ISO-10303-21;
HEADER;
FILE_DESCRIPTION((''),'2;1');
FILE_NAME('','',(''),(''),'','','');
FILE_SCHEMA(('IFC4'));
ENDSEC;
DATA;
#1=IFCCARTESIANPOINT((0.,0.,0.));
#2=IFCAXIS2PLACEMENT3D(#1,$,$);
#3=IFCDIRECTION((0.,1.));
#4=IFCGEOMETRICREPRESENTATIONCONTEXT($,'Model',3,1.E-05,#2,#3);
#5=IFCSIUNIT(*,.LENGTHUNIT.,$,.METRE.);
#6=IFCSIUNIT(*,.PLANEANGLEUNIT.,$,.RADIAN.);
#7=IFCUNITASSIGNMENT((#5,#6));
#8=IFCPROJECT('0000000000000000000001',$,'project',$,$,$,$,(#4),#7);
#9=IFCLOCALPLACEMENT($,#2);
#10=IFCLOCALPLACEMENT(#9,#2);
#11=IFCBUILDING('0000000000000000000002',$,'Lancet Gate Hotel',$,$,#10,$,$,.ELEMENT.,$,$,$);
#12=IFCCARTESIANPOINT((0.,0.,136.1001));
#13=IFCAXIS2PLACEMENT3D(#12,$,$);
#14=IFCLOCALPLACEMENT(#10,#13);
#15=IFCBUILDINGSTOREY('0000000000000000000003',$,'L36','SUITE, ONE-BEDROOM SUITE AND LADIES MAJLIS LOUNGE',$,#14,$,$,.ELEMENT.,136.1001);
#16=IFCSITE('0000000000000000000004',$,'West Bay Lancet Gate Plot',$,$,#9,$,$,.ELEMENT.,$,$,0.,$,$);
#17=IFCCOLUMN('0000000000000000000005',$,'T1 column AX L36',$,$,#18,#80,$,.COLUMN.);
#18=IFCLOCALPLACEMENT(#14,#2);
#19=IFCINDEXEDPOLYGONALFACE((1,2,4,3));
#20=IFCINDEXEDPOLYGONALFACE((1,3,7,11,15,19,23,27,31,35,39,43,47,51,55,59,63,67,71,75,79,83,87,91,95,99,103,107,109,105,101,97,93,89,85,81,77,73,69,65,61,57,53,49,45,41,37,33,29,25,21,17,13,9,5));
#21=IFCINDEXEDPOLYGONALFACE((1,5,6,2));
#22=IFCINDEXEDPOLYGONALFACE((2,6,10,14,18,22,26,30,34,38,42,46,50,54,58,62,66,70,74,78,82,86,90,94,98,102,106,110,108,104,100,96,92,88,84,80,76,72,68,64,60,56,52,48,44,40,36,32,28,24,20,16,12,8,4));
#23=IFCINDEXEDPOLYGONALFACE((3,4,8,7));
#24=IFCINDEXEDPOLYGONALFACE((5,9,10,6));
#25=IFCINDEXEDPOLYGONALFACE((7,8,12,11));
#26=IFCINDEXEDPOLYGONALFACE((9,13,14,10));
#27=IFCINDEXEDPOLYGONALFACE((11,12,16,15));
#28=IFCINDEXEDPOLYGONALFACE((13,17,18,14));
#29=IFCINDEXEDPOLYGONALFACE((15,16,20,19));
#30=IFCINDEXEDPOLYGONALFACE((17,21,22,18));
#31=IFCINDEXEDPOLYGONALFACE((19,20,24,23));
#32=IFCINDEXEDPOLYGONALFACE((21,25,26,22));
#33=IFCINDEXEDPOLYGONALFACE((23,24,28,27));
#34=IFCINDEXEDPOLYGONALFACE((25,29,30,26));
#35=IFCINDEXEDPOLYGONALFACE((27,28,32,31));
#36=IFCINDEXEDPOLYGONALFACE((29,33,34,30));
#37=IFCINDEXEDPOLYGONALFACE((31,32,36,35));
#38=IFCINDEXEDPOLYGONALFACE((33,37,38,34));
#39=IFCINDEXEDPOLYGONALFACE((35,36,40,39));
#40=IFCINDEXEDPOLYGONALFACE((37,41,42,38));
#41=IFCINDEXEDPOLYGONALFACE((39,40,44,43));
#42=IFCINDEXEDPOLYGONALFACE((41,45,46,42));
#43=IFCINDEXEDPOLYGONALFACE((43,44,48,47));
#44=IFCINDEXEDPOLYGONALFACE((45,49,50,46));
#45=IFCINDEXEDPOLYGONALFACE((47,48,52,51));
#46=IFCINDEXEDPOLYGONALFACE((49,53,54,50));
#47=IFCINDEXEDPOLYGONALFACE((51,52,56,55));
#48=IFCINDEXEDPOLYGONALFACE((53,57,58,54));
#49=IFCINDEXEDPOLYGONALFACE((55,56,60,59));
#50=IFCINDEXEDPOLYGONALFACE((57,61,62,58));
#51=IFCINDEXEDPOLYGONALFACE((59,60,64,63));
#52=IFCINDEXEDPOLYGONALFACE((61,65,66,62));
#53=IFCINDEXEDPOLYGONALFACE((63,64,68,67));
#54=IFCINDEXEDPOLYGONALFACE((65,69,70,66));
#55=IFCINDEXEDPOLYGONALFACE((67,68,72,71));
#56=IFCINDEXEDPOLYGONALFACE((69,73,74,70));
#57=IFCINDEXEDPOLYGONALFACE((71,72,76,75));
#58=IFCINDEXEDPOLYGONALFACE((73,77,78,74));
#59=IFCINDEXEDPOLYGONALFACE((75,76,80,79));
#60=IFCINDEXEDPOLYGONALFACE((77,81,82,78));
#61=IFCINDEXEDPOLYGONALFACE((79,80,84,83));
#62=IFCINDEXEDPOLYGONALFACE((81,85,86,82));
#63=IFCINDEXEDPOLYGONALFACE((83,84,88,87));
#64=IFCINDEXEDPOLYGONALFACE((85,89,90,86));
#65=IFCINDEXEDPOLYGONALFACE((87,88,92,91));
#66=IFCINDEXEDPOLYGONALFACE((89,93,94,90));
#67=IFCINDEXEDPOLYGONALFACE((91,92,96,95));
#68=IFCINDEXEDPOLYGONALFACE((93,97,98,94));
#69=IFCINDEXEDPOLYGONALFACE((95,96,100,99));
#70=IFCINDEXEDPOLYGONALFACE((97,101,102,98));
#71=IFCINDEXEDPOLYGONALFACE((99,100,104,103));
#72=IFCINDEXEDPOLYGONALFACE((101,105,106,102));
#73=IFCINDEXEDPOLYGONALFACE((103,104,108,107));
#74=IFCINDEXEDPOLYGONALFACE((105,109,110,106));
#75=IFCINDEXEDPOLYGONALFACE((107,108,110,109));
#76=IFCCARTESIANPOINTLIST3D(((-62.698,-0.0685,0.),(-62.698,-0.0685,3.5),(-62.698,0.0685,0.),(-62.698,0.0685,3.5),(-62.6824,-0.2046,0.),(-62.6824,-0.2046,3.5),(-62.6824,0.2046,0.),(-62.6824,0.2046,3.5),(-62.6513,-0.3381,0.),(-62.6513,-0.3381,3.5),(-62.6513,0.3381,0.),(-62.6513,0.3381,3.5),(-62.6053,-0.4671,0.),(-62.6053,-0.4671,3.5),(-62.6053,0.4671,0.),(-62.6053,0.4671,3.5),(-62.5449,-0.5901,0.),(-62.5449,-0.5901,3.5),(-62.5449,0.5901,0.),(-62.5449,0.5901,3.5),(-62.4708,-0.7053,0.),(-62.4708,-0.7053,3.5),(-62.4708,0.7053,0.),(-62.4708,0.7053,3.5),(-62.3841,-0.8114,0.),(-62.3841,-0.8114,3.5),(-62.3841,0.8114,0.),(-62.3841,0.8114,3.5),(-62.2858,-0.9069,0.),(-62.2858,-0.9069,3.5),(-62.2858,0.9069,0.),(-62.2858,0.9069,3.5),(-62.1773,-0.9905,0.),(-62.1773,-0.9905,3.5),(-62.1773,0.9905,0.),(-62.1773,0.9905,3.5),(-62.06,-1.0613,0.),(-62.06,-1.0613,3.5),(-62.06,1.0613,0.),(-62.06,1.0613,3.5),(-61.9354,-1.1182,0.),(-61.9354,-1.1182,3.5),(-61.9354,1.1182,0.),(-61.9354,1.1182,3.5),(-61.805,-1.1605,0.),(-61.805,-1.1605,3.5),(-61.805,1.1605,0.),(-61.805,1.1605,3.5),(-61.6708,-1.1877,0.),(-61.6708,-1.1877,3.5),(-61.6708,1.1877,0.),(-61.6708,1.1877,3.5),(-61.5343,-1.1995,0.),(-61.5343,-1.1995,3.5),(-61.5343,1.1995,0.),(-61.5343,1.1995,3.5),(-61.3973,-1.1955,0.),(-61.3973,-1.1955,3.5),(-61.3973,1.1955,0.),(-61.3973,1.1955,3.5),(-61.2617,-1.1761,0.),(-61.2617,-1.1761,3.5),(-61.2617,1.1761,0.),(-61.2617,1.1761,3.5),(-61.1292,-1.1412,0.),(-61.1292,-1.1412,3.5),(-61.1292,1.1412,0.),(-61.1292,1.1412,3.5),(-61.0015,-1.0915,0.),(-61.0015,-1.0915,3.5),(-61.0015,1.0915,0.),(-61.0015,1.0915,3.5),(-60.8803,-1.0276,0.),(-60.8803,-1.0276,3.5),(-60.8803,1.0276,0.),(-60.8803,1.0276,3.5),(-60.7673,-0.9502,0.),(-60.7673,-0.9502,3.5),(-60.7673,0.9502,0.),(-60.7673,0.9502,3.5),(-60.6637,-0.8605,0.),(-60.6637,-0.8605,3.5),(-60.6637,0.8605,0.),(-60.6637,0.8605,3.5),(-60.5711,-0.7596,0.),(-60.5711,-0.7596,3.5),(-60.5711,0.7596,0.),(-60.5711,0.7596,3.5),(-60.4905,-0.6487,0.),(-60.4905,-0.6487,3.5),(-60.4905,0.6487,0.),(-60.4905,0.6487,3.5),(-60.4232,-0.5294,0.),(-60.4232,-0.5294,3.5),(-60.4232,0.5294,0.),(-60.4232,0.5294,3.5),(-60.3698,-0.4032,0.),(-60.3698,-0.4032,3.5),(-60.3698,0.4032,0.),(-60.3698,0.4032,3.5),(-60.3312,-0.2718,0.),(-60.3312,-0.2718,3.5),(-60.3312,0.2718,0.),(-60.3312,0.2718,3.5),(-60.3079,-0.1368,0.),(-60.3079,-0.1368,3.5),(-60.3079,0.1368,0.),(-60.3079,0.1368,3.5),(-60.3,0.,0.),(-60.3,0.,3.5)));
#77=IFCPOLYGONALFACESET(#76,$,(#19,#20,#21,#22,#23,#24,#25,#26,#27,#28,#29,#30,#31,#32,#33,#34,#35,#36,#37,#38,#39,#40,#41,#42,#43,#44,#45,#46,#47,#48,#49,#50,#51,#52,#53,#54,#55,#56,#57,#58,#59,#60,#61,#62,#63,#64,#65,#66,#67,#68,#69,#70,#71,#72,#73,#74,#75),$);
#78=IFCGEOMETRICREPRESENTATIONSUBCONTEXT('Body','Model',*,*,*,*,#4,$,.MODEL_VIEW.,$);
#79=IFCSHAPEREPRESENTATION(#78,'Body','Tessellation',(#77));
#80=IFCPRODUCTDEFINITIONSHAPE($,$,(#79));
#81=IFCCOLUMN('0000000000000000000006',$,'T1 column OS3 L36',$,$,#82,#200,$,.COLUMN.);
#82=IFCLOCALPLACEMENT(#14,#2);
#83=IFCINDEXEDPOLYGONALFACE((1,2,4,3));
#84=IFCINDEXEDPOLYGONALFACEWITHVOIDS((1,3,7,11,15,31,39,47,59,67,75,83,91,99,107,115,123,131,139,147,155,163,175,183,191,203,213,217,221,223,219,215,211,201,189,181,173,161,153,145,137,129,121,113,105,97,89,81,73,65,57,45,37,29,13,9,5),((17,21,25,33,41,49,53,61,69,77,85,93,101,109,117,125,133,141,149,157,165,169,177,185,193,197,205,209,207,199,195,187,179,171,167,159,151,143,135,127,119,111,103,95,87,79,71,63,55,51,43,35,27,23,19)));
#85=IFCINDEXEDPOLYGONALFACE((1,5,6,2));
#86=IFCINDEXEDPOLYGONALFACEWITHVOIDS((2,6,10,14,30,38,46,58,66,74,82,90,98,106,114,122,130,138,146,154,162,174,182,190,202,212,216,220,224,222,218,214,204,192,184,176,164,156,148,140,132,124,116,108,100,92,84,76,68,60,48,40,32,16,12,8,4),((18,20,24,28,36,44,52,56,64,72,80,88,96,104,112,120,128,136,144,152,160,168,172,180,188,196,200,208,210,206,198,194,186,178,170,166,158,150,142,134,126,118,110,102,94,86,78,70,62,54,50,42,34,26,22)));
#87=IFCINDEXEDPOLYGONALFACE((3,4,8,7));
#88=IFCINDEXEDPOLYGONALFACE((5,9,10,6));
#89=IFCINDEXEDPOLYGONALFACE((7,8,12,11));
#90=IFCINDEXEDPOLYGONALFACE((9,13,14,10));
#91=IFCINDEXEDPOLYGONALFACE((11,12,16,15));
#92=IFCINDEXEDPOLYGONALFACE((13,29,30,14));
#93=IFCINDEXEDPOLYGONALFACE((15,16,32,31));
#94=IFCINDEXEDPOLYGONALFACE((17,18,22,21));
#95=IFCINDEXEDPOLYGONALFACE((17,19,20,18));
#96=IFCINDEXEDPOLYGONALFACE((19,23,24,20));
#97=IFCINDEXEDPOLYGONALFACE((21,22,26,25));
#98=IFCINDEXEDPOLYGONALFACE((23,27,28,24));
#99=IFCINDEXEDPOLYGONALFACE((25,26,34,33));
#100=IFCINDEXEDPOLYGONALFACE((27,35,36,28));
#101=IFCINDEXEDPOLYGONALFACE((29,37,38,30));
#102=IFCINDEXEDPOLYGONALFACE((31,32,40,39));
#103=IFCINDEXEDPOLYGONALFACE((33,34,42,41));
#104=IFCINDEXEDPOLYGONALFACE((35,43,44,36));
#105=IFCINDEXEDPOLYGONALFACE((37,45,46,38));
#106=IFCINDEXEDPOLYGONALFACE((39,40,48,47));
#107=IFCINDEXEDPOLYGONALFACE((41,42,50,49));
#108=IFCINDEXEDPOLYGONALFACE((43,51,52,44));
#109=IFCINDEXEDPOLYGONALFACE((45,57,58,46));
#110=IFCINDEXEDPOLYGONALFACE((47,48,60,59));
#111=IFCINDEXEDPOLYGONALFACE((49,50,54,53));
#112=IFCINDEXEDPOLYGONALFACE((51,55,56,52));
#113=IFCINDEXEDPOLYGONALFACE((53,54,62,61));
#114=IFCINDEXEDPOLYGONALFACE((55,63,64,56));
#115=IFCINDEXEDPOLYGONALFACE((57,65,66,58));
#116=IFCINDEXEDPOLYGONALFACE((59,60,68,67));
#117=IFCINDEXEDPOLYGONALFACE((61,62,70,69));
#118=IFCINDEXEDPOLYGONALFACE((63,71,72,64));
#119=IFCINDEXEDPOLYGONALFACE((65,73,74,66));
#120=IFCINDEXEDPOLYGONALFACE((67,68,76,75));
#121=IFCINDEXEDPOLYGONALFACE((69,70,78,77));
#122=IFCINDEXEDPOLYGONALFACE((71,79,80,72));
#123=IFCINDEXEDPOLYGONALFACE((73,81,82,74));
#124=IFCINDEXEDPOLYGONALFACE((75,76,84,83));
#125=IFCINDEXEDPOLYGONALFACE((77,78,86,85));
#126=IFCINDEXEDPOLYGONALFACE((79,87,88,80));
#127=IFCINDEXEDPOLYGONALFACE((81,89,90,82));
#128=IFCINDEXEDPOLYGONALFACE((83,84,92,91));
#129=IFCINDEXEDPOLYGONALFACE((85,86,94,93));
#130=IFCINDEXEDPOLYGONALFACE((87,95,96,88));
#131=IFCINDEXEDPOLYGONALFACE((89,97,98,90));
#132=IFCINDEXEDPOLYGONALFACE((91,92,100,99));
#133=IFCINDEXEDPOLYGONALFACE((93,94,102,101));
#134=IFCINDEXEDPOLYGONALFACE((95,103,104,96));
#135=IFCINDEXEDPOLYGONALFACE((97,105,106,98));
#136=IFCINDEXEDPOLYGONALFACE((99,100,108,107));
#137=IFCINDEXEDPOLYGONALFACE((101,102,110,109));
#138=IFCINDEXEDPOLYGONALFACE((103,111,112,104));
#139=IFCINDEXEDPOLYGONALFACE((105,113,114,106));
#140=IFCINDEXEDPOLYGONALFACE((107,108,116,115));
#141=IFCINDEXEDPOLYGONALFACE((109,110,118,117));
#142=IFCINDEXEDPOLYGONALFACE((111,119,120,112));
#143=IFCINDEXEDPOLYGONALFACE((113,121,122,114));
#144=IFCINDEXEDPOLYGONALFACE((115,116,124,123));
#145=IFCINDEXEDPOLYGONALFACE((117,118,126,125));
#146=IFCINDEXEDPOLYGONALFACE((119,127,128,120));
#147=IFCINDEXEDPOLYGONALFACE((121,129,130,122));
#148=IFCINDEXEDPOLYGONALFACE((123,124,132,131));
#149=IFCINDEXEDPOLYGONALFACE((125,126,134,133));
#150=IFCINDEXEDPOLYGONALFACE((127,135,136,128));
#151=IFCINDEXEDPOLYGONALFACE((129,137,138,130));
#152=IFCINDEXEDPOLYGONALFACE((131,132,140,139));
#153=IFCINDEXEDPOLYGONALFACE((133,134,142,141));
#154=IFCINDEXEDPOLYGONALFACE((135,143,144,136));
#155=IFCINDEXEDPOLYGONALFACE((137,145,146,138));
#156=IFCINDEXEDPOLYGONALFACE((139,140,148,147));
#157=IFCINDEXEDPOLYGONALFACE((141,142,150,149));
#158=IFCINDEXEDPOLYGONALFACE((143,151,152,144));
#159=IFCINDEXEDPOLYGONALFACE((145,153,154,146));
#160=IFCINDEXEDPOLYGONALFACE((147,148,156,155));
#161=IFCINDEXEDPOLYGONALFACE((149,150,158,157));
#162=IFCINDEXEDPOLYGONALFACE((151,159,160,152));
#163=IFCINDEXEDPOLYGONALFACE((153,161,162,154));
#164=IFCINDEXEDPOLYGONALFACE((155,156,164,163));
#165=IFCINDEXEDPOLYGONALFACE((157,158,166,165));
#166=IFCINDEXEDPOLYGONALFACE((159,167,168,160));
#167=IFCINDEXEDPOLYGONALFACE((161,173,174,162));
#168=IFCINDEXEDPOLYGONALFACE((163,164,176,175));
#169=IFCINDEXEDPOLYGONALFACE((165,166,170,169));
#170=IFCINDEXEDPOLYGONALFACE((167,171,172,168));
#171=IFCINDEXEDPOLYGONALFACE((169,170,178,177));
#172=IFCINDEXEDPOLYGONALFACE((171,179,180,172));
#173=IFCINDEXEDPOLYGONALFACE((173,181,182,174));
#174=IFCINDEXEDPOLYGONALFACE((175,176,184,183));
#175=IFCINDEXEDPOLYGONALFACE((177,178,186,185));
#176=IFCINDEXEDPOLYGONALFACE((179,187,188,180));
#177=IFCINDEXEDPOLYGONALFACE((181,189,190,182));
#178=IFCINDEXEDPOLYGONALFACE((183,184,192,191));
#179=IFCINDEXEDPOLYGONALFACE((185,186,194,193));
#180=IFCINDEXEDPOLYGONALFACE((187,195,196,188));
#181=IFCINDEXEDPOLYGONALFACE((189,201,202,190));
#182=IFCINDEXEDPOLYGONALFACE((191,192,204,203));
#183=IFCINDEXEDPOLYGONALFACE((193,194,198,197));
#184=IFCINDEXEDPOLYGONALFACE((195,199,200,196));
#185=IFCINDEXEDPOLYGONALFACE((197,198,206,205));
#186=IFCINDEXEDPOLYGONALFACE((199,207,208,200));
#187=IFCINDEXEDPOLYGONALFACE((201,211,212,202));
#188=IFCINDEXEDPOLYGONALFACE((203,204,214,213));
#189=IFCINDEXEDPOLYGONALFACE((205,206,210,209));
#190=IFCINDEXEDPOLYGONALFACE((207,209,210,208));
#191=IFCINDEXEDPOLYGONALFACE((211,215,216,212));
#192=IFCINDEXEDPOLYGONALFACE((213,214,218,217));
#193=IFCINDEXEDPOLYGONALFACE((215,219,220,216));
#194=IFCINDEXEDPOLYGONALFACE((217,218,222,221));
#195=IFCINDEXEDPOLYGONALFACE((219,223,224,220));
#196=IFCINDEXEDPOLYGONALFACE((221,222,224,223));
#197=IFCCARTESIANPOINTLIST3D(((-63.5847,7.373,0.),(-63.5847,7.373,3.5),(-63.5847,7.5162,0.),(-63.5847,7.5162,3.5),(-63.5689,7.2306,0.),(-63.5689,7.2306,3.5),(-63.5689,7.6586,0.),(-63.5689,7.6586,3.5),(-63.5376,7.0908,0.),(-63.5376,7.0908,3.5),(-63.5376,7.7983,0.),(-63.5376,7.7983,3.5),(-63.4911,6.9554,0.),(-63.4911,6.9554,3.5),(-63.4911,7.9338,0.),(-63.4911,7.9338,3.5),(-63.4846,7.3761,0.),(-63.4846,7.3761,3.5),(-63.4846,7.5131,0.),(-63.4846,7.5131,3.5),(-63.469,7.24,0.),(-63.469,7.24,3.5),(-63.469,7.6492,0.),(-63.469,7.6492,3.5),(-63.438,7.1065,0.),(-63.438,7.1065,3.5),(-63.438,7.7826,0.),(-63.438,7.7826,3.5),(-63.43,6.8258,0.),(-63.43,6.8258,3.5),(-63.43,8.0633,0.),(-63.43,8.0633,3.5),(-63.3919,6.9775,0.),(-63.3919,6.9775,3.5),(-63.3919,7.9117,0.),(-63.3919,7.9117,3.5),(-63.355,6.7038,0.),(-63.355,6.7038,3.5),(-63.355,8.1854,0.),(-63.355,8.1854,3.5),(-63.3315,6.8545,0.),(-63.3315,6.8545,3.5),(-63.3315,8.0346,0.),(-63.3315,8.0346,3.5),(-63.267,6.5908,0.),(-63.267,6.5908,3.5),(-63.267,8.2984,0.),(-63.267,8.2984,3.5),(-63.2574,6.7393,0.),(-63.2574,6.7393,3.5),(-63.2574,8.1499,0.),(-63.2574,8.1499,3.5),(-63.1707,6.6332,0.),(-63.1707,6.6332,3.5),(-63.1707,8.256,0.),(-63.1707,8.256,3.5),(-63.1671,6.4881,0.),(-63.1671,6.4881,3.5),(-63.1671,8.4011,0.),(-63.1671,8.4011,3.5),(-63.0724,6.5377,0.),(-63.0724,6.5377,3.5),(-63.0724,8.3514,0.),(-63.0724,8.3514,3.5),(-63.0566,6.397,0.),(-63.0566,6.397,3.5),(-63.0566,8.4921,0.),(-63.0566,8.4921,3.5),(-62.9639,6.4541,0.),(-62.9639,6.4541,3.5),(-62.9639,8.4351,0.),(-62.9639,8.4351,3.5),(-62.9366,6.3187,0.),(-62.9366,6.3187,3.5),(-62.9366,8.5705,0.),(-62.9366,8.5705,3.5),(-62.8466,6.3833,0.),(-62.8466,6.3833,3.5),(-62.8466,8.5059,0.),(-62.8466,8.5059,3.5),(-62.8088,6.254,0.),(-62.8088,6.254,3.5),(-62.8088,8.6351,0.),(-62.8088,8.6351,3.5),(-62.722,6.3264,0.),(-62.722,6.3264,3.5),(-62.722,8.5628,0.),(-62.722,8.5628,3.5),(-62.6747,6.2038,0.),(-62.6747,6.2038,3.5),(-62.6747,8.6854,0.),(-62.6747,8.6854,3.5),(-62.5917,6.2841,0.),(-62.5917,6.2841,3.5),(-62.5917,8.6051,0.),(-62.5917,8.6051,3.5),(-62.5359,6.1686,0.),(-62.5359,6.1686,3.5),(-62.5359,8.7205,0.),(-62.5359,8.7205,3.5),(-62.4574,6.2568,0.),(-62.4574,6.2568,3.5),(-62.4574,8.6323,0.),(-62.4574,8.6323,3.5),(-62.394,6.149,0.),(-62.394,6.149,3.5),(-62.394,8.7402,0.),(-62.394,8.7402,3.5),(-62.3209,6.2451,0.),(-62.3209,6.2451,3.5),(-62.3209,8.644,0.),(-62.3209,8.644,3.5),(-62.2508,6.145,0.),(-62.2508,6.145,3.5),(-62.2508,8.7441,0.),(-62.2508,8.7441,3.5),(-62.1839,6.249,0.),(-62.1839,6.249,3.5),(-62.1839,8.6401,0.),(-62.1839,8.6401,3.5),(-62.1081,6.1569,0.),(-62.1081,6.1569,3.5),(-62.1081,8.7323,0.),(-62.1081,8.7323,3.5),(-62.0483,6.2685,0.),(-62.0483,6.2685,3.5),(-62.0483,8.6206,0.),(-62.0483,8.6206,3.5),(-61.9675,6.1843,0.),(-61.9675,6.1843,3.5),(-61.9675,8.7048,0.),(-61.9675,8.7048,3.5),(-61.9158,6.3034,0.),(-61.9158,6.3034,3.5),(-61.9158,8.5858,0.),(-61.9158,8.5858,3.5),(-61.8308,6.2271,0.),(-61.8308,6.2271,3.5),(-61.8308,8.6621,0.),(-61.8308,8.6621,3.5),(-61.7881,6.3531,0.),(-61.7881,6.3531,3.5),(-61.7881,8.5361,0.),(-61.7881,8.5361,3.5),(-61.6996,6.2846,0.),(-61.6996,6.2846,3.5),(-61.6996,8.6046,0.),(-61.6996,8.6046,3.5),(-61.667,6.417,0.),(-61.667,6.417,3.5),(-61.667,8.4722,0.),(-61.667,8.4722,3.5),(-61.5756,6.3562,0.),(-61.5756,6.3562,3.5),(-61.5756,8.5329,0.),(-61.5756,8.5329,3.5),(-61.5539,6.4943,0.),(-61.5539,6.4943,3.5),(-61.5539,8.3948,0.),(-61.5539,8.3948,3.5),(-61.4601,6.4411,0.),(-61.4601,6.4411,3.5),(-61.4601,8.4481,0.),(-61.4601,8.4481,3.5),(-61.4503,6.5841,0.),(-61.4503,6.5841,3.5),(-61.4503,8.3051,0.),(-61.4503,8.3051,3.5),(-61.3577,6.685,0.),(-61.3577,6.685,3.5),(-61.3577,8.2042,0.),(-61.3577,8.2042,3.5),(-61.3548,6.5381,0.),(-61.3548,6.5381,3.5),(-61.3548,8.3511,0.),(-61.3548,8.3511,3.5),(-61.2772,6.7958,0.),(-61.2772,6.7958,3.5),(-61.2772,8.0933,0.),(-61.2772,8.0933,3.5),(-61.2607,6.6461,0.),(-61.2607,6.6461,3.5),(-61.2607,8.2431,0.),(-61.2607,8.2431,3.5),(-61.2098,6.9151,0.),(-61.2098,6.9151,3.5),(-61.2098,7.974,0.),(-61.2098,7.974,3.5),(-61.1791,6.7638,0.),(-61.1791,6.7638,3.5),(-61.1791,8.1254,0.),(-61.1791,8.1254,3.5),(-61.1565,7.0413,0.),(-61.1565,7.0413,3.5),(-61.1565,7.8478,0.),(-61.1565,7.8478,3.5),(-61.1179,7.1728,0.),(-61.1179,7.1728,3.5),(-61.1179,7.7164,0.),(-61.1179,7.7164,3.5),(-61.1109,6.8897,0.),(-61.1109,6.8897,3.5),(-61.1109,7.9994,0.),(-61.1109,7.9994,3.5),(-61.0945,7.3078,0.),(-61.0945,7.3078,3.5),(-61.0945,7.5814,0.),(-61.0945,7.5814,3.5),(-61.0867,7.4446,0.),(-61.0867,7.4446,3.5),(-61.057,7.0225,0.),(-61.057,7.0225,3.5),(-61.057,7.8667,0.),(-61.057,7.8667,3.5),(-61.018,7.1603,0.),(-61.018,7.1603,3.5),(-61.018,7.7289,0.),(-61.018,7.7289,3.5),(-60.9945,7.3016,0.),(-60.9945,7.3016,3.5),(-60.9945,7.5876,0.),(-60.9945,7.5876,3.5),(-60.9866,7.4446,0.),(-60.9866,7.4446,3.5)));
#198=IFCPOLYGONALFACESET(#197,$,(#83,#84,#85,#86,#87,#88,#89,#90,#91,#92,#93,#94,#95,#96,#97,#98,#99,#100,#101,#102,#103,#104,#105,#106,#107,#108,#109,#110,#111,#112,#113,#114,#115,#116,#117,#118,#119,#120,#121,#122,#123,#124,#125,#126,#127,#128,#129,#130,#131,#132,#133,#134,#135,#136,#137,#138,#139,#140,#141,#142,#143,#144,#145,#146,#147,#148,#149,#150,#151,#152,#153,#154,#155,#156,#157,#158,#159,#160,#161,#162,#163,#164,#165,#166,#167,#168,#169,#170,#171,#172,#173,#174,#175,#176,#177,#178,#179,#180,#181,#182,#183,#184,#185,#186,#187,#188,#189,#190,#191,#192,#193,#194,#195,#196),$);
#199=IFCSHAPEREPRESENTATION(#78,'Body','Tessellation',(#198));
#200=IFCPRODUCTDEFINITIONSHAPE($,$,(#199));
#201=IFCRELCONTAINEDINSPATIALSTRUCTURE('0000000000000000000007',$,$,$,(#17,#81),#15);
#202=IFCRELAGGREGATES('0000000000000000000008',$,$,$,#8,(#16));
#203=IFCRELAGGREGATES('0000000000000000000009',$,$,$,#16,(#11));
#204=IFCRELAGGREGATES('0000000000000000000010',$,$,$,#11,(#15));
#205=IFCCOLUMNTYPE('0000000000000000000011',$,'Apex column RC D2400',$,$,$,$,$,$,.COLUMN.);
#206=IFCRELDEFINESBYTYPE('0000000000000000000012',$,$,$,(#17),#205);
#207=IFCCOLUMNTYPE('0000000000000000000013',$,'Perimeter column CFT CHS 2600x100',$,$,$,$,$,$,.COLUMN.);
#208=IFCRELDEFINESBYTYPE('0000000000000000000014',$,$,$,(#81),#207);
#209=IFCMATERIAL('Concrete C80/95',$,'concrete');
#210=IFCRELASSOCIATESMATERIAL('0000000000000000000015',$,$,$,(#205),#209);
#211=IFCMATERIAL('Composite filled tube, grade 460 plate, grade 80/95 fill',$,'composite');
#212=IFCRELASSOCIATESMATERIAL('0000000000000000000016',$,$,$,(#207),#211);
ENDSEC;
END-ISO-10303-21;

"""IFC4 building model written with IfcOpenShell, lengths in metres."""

from ifc_helpers import new_model, si_unit, direction, frame, origin, origin_2d, place, context, subcontext, project, spatial, circle, hollow_circle, extrude, material, material_profile, profile_set, type_object, element, save


model = new_model("IFC4")

# Units and contexts
model_context = context("Model", 3, precision=1e-05, world=origin(), true_north=direction((0.0, 1.0)))
body_context = subcontext(model_context, "Body", "Model", "MODEL_VIEW")
ifc_project = project(units=[si_unit("LENGTHUNIT", "METRE"), si_unit("PLANEANGLEUNIT", "RADIAN")], contexts=[model_context])

# Site, building, storey
site_placement = place(None, origin())
site = spatial("IfcSite", under=ifc_project, at=site_placement, Name="West Bay Lancet Gate Plot", CompositionType="ELEMENT", RefElevation=0.0)
building_placement = place(site_placement, origin())
building = spatial("IfcBuilding", under=site, at=building_placement, Name="Lancet Gate Hotel", CompositionType="ELEMENT")
storey_placement = place(building_placement, frame((0.0, 0.0, 136.1001)))
storey = spatial("IfcBuildingStorey", under=building, at=storey_placement, Name="L36", Description="SUITE, ONE-BEDROOM SUITE AND LADIES MAJLIS LOUNGE", CompositionType="ELEMENT", Elevation=136.1001)

# Columns
ifc_material_1 = material(Name="Concrete C80/95", Category="concrete")
ifc_material_profile_1 = material_profile(ifc_material_1, circle(Radius=1.2, at=origin_2d()), Name="RC D2400")
ifc_profile_set_1 = profile_set([ifc_material_profile_1], Name="Concrete C80/95")
column_type_1 = type_object("IfcColumnType", Name="Apex column RC D2400", PredefinedType="COLUMN", material=ifc_profile_set_1)
column_1_placement = place(storey_placement, frame((-61.5, 0.0, 0.0), z_axis=(0.0, 0.0, 1.0), x_axis=(1.0, 0.0, 0.0)))
element("IfcColumn", 1, at=column_1_placement, inside=storey, type_object=column_type_1, Name="T1 column AX L36", PredefinedType="COLUMN", context=body_context, shape_type="SweptSolid", body=[
    extrude(circle(Radius=1.2, at=origin_2d()), origin(), (0.0, 0.0, 1.0), 3.5),
])
ifc_material_2 = material(Name="Composite filled tube, grade 460 plate, grade 80/95 fill", Category="composite")
ifc_material_profile_2 = material_profile(ifc_material_2, hollow_circle(Radius=1.3, WallThickness=0.1001, at=origin_2d()), Name="CHS 2600x100")
ifc_profile_set_2 = profile_set([ifc_material_profile_2], Name="Composite filled tube, grade 460 plate, grade 80/95 fill")
column_type_2 = type_object("IfcColumnType", Name="Perimeter column CFT CHS 2600x100", PredefinedType="COLUMN", material=ifc_profile_set_2)
column_2_placement = place(storey_placement, frame((-62.2866, 7.4446, 0.0), z_axis=(0.0, 0.0, 1.0), x_axis=(1.0, 0.0, 0.0)))
element("IfcColumn", 2, at=column_2_placement, inside=storey, type_object=column_type_2, Name="T1 column OS3 L36", PredefinedType="COLUMN", context=body_context, shape_type="SweptSolid", body=[
    extrude(hollow_circle(Radius=1.3, WallThickness=0.1001, at=origin_2d()), origin(), (0.0, 0.0, 1.0), 3.5),
])

save(model, "model.ifc")
